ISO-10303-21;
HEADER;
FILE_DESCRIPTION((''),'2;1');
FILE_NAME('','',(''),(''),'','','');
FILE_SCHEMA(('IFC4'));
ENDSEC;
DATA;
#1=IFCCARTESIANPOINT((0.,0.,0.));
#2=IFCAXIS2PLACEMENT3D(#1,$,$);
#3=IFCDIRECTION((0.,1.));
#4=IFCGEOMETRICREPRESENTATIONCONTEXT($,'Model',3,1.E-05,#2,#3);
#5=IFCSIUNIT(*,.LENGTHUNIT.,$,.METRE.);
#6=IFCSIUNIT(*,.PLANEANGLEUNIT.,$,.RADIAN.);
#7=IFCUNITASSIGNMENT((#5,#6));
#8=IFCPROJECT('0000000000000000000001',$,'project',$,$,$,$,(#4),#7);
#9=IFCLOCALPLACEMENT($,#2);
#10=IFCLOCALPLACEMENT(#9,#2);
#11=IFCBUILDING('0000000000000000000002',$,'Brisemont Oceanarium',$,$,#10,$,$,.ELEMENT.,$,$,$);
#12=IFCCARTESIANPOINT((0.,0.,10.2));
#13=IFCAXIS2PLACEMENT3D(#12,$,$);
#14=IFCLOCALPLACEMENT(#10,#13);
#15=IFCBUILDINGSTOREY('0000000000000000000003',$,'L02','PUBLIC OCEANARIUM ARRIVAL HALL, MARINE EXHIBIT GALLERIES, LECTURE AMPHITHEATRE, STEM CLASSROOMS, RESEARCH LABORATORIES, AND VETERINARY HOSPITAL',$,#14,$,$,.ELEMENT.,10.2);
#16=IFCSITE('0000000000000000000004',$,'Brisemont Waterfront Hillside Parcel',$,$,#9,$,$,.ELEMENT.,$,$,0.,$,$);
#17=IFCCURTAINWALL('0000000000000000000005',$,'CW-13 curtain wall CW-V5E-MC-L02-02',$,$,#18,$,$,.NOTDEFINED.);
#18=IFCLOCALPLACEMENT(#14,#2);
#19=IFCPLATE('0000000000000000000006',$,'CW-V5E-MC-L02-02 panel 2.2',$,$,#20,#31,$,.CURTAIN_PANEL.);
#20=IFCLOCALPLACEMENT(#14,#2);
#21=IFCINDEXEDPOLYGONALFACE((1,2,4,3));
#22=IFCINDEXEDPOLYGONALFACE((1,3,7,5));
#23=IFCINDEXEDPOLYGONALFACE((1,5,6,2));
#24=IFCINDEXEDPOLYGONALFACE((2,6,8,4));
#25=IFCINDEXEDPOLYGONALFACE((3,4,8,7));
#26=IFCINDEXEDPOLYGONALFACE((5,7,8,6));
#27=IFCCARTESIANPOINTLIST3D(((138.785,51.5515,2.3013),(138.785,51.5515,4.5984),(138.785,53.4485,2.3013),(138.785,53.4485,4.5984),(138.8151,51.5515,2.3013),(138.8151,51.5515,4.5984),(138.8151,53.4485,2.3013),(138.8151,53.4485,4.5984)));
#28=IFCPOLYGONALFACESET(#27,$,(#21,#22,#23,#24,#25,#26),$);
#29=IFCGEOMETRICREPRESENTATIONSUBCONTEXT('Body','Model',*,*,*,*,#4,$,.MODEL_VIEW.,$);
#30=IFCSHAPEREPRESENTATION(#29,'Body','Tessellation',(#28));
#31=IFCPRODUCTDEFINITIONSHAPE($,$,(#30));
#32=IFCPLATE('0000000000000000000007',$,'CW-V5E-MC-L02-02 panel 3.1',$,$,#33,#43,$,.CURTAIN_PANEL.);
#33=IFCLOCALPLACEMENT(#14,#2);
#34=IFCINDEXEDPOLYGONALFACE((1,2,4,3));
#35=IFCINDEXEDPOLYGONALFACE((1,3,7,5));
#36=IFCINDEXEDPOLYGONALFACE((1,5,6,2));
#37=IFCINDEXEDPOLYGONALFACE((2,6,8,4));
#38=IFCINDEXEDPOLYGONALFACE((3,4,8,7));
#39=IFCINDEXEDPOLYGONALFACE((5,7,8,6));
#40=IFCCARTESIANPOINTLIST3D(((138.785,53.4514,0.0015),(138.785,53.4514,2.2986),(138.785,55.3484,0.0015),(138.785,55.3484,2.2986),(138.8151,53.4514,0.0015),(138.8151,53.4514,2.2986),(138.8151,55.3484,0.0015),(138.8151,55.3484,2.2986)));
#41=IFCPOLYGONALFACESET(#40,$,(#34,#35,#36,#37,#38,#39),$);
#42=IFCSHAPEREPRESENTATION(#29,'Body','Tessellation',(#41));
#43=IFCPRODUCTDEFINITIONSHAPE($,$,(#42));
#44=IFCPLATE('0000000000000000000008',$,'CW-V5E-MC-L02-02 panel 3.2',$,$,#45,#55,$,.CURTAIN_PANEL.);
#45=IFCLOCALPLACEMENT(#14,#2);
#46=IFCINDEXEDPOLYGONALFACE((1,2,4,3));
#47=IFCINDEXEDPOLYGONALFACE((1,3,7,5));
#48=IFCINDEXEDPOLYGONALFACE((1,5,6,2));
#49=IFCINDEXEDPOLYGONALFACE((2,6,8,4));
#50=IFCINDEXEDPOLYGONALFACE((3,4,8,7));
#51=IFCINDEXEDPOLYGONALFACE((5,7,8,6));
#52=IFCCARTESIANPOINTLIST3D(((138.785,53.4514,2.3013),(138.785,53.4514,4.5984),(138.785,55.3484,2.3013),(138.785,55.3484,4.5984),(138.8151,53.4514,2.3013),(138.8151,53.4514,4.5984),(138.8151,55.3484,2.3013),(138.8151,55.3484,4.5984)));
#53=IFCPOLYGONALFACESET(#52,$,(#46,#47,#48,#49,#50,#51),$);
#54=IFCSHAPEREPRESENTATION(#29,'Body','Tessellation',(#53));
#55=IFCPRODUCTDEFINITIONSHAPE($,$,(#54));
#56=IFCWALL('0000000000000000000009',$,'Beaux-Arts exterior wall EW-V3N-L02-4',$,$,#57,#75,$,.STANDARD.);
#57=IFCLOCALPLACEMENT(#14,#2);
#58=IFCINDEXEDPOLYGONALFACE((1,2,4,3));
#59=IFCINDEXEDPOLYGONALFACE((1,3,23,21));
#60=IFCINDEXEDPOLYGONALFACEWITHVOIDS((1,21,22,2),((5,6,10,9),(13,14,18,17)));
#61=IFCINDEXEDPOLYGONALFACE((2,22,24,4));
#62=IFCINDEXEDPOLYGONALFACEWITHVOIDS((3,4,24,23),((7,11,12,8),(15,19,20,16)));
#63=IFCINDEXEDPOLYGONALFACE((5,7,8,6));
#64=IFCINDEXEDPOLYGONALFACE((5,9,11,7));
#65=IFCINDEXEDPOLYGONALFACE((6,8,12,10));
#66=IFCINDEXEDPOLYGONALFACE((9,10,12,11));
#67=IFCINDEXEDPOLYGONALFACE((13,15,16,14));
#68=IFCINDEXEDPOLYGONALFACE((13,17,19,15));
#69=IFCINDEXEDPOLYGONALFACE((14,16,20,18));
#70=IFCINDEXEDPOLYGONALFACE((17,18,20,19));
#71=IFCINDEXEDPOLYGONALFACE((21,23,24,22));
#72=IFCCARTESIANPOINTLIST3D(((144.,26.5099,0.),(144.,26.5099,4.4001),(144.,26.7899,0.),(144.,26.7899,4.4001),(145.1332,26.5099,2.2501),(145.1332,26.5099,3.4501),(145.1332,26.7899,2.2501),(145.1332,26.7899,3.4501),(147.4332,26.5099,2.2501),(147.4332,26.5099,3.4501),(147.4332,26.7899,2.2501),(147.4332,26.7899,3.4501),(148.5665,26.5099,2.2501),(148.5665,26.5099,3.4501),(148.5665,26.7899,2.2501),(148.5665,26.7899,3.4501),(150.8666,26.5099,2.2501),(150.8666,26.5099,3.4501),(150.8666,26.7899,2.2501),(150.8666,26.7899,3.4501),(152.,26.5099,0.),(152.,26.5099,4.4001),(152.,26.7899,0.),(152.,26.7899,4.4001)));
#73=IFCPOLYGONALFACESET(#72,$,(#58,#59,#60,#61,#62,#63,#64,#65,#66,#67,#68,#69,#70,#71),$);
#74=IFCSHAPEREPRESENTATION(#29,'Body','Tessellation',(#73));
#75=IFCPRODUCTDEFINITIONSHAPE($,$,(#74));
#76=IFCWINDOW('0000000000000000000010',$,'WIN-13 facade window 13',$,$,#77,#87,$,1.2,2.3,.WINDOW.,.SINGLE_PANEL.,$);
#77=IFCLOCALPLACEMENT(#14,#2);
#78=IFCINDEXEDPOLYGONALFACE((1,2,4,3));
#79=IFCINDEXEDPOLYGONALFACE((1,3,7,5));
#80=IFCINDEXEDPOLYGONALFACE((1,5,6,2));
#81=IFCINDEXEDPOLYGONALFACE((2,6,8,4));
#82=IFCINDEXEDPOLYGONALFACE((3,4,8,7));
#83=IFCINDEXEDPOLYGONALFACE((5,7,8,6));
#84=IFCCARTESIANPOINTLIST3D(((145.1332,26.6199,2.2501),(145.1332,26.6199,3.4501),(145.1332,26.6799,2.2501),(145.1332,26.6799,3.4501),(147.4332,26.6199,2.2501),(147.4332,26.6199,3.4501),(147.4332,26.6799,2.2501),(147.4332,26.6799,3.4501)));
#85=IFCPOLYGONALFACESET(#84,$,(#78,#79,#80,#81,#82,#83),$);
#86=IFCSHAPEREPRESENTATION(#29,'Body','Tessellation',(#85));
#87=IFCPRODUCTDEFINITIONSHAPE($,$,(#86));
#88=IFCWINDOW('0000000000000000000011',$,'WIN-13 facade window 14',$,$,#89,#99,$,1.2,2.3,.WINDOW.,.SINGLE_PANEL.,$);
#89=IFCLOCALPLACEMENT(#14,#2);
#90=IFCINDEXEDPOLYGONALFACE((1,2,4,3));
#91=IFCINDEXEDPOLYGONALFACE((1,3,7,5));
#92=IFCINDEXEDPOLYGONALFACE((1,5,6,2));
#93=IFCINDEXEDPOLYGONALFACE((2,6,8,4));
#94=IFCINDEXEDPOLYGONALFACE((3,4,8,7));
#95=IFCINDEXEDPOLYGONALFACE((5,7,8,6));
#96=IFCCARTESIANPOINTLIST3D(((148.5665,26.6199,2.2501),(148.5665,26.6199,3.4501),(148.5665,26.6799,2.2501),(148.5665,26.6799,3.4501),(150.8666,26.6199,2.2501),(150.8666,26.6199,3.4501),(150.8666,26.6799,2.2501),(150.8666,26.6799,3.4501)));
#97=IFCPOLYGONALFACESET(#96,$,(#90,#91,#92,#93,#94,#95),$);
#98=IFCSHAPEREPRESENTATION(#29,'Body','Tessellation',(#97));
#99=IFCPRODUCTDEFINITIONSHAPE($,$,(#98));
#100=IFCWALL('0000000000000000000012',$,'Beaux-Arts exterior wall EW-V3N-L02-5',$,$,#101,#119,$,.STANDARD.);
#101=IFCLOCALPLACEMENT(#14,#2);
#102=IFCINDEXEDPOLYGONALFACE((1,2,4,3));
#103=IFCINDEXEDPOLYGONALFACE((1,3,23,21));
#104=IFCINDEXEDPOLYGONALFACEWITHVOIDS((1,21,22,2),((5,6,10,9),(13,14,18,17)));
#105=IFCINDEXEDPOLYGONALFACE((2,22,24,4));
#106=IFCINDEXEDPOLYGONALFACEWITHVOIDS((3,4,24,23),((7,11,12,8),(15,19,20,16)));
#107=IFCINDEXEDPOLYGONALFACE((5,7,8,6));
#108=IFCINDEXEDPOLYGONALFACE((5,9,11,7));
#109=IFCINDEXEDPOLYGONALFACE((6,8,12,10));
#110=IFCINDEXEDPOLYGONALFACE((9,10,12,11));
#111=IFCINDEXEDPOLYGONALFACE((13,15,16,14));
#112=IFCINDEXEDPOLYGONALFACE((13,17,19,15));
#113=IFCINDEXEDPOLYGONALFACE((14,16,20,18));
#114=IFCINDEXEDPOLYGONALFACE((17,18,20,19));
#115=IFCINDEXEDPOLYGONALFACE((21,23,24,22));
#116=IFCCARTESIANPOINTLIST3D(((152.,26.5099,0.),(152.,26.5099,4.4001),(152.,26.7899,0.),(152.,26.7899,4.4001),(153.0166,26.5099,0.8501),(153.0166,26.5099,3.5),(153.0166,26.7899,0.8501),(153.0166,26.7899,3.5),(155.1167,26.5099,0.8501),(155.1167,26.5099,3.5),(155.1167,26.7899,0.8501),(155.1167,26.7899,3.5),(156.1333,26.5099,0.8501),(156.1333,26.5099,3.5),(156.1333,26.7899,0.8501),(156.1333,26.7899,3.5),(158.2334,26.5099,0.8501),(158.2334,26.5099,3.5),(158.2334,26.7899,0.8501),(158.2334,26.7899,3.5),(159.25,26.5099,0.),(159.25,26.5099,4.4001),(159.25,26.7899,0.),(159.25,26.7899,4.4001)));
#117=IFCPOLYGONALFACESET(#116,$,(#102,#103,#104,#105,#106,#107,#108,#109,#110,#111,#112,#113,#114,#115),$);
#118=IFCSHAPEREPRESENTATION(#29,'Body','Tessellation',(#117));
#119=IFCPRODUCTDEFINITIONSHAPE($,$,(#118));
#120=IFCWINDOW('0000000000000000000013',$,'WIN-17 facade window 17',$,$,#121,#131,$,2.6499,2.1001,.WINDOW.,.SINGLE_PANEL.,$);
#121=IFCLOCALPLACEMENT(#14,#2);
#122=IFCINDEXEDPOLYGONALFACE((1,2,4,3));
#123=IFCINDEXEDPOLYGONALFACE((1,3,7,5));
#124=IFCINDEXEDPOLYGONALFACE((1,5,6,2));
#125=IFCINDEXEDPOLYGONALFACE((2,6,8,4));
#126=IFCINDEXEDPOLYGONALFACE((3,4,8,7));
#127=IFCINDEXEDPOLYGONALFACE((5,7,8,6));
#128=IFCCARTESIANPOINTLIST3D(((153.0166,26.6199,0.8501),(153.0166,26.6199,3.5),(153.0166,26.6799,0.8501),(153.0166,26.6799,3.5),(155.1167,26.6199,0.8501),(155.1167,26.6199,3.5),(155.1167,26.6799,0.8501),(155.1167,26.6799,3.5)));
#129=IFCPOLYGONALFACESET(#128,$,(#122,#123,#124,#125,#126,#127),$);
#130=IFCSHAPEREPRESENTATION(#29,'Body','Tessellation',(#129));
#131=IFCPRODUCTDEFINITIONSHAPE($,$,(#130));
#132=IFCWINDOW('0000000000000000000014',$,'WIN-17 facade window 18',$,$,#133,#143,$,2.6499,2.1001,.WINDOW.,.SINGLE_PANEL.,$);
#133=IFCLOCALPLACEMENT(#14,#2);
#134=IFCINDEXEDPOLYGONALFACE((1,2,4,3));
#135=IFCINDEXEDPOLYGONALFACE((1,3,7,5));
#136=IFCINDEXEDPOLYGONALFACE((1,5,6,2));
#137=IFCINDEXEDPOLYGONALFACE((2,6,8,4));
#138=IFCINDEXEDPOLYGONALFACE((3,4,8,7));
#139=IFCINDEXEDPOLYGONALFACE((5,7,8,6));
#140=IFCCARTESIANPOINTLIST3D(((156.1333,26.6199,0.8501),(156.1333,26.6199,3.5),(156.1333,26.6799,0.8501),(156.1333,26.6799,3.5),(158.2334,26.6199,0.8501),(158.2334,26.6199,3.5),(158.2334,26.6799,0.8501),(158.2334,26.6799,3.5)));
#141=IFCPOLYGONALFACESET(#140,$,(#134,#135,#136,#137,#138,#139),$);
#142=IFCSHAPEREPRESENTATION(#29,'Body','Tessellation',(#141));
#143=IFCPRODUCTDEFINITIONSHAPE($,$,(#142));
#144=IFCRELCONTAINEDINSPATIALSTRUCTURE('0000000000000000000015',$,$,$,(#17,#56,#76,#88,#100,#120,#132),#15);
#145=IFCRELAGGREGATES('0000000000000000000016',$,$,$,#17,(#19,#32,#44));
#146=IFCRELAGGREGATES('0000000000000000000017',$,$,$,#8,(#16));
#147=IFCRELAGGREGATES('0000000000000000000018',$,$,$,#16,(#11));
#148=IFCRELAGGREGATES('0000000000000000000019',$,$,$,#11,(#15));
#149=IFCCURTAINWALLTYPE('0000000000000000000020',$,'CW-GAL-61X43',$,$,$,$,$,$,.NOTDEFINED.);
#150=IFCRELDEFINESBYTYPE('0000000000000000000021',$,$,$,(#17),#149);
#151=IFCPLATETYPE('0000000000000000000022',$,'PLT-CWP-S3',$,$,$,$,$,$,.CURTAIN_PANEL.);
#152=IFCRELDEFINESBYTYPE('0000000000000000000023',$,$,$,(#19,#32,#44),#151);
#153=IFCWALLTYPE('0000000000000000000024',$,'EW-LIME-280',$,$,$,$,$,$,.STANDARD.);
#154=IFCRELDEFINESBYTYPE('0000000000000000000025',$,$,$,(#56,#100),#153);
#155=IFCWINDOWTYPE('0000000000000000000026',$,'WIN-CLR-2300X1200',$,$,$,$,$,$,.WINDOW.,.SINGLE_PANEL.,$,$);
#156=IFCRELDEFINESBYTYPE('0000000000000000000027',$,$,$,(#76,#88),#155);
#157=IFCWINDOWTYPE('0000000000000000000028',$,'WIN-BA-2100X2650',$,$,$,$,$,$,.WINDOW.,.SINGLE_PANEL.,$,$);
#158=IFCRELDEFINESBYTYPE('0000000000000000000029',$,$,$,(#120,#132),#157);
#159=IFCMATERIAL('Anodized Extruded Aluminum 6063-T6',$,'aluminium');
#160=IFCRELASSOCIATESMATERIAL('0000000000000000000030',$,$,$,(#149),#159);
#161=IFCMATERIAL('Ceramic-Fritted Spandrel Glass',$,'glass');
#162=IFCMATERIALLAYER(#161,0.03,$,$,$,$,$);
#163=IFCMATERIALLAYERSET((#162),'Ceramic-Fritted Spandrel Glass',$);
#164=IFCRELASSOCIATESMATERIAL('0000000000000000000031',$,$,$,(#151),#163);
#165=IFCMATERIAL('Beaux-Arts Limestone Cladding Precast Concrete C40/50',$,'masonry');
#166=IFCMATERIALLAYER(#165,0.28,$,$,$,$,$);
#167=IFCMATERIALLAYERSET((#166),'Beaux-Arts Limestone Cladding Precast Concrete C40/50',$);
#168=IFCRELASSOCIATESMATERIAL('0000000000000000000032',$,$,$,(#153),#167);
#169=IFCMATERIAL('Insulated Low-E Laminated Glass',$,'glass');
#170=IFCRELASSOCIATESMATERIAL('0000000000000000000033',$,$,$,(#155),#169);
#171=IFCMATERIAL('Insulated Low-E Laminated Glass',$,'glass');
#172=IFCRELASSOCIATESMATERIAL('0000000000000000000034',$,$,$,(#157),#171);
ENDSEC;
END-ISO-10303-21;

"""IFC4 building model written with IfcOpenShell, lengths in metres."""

from ifc_helpers import new_model, si_unit, direction, frame, frame_2d, origin, origin_2d, place, context, subcontext, project, spatial, rectangle, extrude, material, layer, layer_set, type_object, element, fill, aggregate, save


model = new_model("IFC4")

# Units and contexts
model_context = context("Model", 3, precision=1e-05, world=origin(), true_north=direction((0.0, 1.0)))
body_context = subcontext(model_context, "Body", "Model", "MODEL_VIEW")
ifc_project = project(units=[si_unit("LENGTHUNIT", "METRE"), si_unit("PLANEANGLEUNIT", "RADIAN")], contexts=[model_context])

# Site, building, storey
site_placement = place(None, origin())
site = spatial("IfcSite", under=ifc_project, at=site_placement, Name="Brisemont Waterfront Hillside Parcel", CompositionType="ELEMENT", RefElevation=0.0)
building_placement = place(site_placement, origin())
building = spatial("IfcBuilding", under=site, at=building_placement, Name="Brisemont Oceanarium", CompositionType="ELEMENT")
storey_placement = place(building_placement, frame((0.0, 0.0, 10.2)))
storey = spatial("IfcBuildingStorey", under=building, at=storey_placement, Name="L02", Description="PUBLIC OCEANARIUM ARRIVAL HALL, MARINE EXHIBIT GALLERIES, LECTURE AMPHITHEATRE, STEM CLASSROOMS, RESEARCH LABORATORIES, AND VETERINARY HOSPITAL", CompositionType="ELEMENT", Elevation=10.2)

# Curtain wall
ifc_material_1 = material(Name="Anodized Extruded Aluminum 6063-T6", Category="aluminium")
curtain_wall_type = type_object("IfcCurtainWallType", Name="CW-GAL-61X43", PredefinedType="NOTDEFINED", material=ifc_material_1)
curtain_wall_1_placement = place(storey_placement, origin())
curtain_wall_1 = element("IfcCurtainWall", 1, at=curtain_wall_1_placement, inside=storey, type_object=curtain_wall_type, Name="CW-13 curtain wall CW-V5E-MC-L02-02", PredefinedType="NOTDEFINED")

# Plates
ifc_material_2 = material(Name="Ceramic-Fritted Spandrel Glass", Category="glass")
ifc_layer_1 = layer(ifc_material_2, 0.03)
ifc_layer_set_1 = layer_set([ifc_layer_1], Name="Ceramic-Fritted Spandrel Glass")
plate_type = type_object("IfcPlateType", Name="PLT-CWP-S3", PredefinedType="CURTAIN_PANEL", material=ifc_layer_set_1)
plate_1_placement = place(storey_placement, frame((138.8, 52.5, 2.3013), z_axis=(0.0, 0.0, 1.0), x_axis=(0.0, 1.0, 0.0)))
plate_1 = element("IfcPlate", 2, at=plate_1_placement, type_object=plate_type, Name="CW-V5E-MC-L02-02 panel 2.2", PredefinedType="CURTAIN_PANEL", context=body_context, shape_type="SweptSolid", body=[
    extrude(rectangle(XDim=1.897, YDim=0.03, at=origin_2d()), origin(), (0.0, 0.0, 1.0), 2.2971),
])
plate_2_placement = place(storey_placement, frame((138.8, 54.3999, 0.0015), z_axis=(0.0, 0.0, 1.0), x_axis=(0.0, 1.0, 0.0)))
plate_2 = element("IfcPlate", 3, at=plate_2_placement, type_object=plate_type, Name="CW-V5E-MC-L02-02 panel 3.1", PredefinedType="CURTAIN_PANEL", context=body_context, shape_type="SweptSolid", body=[
    extrude(rectangle(XDim=1.897, YDim=0.03, at=origin_2d()), origin(), (0.0, 0.0, 1.0), 2.2971),
])
plate_3_placement = place(storey_placement, frame((138.8, 54.3999, 2.3013), z_axis=(0.0, 0.0, 1.0), x_axis=(0.0, 1.0, 0.0)))
plate_3 = element("IfcPlate", 4, at=plate_3_placement, type_object=plate_type, Name="CW-V5E-MC-L02-02 panel 3.2", PredefinedType="CURTAIN_PANEL", context=body_context, shape_type="SweptSolid", body=[
    extrude(rectangle(XDim=1.897, YDim=0.03, at=origin_2d()), origin(), (0.0, 0.0, 1.0), 2.2971),
])
aggregate(curtain_wall_1, [plate_1, plate_2, plate_3])

# Walls, openings, windows
ifc_material_3 = material(Name="Beaux-Arts Limestone Cladding Precast Concrete C40/50", Category="masonry")
ifc_layer_2 = layer(ifc_material_3, 0.28)
ifc_layer_set_2 = layer_set([ifc_layer_2], Name="Beaux-Arts Limestone Cladding Precast Concrete C40/50")
wall_type = type_object("IfcWallType", Name="EW-LIME-280", PredefinedType="STANDARD", material=ifc_layer_set_2)
wall_1_placement = place(storey_placement, frame((144.0, 26.6499, 0.0), z_axis=(0.0, 0.0, 1.0), x_axis=(1.0, 0.0, 0.0)))
wall_1 = element("IfcWall", 5, at=wall_1_placement, inside=storey, type_object=wall_type, Name="Beaux-Arts exterior wall EW-V3N-L02-4", PredefinedType="STANDARD", context=body_context, shape_type="SweptSolid", body=[
    extrude(rectangle(XDim=8.0, YDim=0.28, at=frame_2d((4.0, 0.0))), origin(), (0.0, 0.0, 1.0), 4.4001),
])
opening_1_placement = place(wall_1_placement, frame((1.1333, 0.0, 2.25)))
opening_1 = element("IfcOpeningElement", 6, at=opening_1_placement, cuts=wall_1, PredefinedType="OPENING", context=body_context, shape_type="SweptSolid", body=[
    extrude(rectangle(XDim=2.3, YDim=1.2, at=frame_2d((1.1499, 0.6001))), frame((0.0, 0.1499, 0.0), z_axis=(0.0, -1.0, 0.0), x_axis=(1.0, 0.0, 0.0)), (0.0, 0.0, 1.0), 0.3),
])
opening_2_placement = place(wall_1_placement, frame((4.5667, 0.0, 2.25)))
opening_2 = element("IfcOpeningElement", 7, at=opening_2_placement, cuts=wall_1, PredefinedType="OPENING", context=body_context, shape_type="SweptSolid", body=[
    extrude(rectangle(XDim=2.3, YDim=1.2, at=frame_2d((1.1499, 0.6001))), frame((0.0, 0.1499, 0.0), z_axis=(0.0, -1.0, 0.0), x_axis=(1.0, 0.0, 0.0)), (0.0, 0.0, 1.0), 0.3),
])
ifc_material_4 = material(Name="Insulated Low-E Laminated Glass", Category="glass")
window_type_1 = type_object("IfcWindowType", Name="WIN-CLR-2300X1200", PartitioningType="SINGLE_PANEL", PredefinedType="WINDOW", material=ifc_material_4)
window_1_placement = place(opening_1_placement, origin())
window_1 = element("IfcWindow", 8, at=window_1_placement, inside=storey, type_object=window_type_1, Name="WIN-13 facade window 13", OverallHeight=1.2, OverallWidth=2.3, PartitioningType="SINGLE_PANEL", PredefinedType="WINDOW", context=body_context, shape_type="SweptSolid", body=[
    extrude(rectangle(XDim=2.3, YDim=1.2, at=frame_2d((1.1499, 0.6001))), frame((0.0, 0.03, 0.0), z_axis=(0.0, -1.0, 0.0), x_axis=(1.0, 0.0, 0.0)), (0.0, 0.0, 1.0), 0.0601),
])
fill(opening_1, window_1)
window_2_placement = place(opening_2_placement, origin())
window_2 = element("IfcWindow", 9, at=window_2_placement, inside=storey, type_object=window_type_1, Name="WIN-13 facade window 14", OverallHeight=1.2, OverallWidth=2.3, PartitioningType="SINGLE_PANEL", PredefinedType="WINDOW", context=body_context, shape_type="SweptSolid", body=[
    extrude(rectangle(XDim=2.3, YDim=1.2, at=frame_2d((1.1499, 0.6001))), frame((0.0, 0.03, 0.0), z_axis=(0.0, -1.0, 0.0), x_axis=(1.0, 0.0, 0.0)), (0.0, 0.0, 1.0), 0.0601),
])
fill(opening_2, window_2)
wall_2_placement = place(storey_placement, frame((152.0, 26.6499, 0.0), z_axis=(0.0, 0.0, 1.0), x_axis=(1.0, 0.0, 0.0)))
wall_2 = element("IfcWall", 10, at=wall_2_placement, inside=storey, type_object=wall_type, Name="Beaux-Arts exterior wall EW-V3N-L02-5", PredefinedType="STANDARD", context=body_context, shape_type="SweptSolid", body=[
    extrude(rectangle(XDim=7.25, YDim=0.28, at=frame_2d((3.625, 0.0))), origin(), (0.0, 0.0, 1.0), 4.4001),
])
opening_3_placement = place(wall_2_placement, frame((1.0166, 0.0, 0.8501)))
opening_3 = element("IfcOpeningElement", 11, at=opening_3_placement, cuts=wall_2, PredefinedType="OPENING", context=body_context, shape_type="SweptSolid", body=[
    extrude(rectangle(XDim=2.1001, YDim=2.6499, at=frame_2d((1.05, 1.325))), frame((0.0, 0.1499, 0.0), z_axis=(0.0, -1.0, 0.0), x_axis=(1.0, 0.0, 0.0)), (0.0, 0.0, 1.0), 0.3),
])
opening_4_placement = place(wall_2_placement, frame((4.1333, 0.0, 0.8501)))
opening_4 = element("IfcOpeningElement", 12, at=opening_4_placement, cuts=wall_2, PredefinedType="OPENING", context=body_context, shape_type="SweptSolid", body=[
    extrude(rectangle(XDim=2.1001, YDim=2.6499, at=frame_2d((1.05, 1.325))), frame((0.0, 0.1499, 0.0), z_axis=(0.0, -1.0, 0.0), x_axis=(1.0, 0.0, 0.0)), (0.0, 0.0, 1.0), 0.3),
])
ifc_material_5 = material(Name="Insulated Low-E Laminated Glass", Category="glass")
window_type_2 = type_object("IfcWindowType", Name="WIN-BA-2100X2650", PartitioningType="SINGLE_PANEL", PredefinedType="WINDOW", material=ifc_material_5)
window_3_placement = place(opening_3_placement, origin())
window_3 = element("IfcWindow", 13, at=window_3_placement, inside=storey, type_object=window_type_2, Name="WIN-17 facade window 17", OverallHeight=2.6499, OverallWidth=2.1001, PartitioningType="SINGLE_PANEL", PredefinedType="WINDOW", context=body_context, shape_type="SweptSolid", body=[
    extrude(rectangle(XDim=2.1001, YDim=2.6499, at=frame_2d((1.05, 1.325))), frame((0.0, 0.03, 0.0), z_axis=(0.0, -1.0, 0.0), x_axis=(1.0, 0.0, 0.0)), (0.0, 0.0, 1.0), 0.0601),
])
fill(opening_3, window_3)
window_4_placement = place(opening_4_placement, origin())
window_4 = element("IfcWindow", 14, at=window_4_placement, inside=storey, type_object=window_type_2, Name="WIN-17 facade window 18", OverallHeight=2.6499, OverallWidth=2.1001, PartitioningType="SINGLE_PANEL", PredefinedType="WINDOW", context=body_context, shape_type="SweptSolid", body=[
    extrude(rectangle(XDim=2.1001, YDim=2.6499, at=frame_2d((1.05, 1.325))), frame((0.0, 0.03, 0.0), z_axis=(0.0, -1.0, 0.0), x_axis=(1.0, 0.0, 0.0)), (0.0, 0.0, 1.0), 0.0601),
])
fill(opening_4, window_4)

save(model, "model.ifc")
